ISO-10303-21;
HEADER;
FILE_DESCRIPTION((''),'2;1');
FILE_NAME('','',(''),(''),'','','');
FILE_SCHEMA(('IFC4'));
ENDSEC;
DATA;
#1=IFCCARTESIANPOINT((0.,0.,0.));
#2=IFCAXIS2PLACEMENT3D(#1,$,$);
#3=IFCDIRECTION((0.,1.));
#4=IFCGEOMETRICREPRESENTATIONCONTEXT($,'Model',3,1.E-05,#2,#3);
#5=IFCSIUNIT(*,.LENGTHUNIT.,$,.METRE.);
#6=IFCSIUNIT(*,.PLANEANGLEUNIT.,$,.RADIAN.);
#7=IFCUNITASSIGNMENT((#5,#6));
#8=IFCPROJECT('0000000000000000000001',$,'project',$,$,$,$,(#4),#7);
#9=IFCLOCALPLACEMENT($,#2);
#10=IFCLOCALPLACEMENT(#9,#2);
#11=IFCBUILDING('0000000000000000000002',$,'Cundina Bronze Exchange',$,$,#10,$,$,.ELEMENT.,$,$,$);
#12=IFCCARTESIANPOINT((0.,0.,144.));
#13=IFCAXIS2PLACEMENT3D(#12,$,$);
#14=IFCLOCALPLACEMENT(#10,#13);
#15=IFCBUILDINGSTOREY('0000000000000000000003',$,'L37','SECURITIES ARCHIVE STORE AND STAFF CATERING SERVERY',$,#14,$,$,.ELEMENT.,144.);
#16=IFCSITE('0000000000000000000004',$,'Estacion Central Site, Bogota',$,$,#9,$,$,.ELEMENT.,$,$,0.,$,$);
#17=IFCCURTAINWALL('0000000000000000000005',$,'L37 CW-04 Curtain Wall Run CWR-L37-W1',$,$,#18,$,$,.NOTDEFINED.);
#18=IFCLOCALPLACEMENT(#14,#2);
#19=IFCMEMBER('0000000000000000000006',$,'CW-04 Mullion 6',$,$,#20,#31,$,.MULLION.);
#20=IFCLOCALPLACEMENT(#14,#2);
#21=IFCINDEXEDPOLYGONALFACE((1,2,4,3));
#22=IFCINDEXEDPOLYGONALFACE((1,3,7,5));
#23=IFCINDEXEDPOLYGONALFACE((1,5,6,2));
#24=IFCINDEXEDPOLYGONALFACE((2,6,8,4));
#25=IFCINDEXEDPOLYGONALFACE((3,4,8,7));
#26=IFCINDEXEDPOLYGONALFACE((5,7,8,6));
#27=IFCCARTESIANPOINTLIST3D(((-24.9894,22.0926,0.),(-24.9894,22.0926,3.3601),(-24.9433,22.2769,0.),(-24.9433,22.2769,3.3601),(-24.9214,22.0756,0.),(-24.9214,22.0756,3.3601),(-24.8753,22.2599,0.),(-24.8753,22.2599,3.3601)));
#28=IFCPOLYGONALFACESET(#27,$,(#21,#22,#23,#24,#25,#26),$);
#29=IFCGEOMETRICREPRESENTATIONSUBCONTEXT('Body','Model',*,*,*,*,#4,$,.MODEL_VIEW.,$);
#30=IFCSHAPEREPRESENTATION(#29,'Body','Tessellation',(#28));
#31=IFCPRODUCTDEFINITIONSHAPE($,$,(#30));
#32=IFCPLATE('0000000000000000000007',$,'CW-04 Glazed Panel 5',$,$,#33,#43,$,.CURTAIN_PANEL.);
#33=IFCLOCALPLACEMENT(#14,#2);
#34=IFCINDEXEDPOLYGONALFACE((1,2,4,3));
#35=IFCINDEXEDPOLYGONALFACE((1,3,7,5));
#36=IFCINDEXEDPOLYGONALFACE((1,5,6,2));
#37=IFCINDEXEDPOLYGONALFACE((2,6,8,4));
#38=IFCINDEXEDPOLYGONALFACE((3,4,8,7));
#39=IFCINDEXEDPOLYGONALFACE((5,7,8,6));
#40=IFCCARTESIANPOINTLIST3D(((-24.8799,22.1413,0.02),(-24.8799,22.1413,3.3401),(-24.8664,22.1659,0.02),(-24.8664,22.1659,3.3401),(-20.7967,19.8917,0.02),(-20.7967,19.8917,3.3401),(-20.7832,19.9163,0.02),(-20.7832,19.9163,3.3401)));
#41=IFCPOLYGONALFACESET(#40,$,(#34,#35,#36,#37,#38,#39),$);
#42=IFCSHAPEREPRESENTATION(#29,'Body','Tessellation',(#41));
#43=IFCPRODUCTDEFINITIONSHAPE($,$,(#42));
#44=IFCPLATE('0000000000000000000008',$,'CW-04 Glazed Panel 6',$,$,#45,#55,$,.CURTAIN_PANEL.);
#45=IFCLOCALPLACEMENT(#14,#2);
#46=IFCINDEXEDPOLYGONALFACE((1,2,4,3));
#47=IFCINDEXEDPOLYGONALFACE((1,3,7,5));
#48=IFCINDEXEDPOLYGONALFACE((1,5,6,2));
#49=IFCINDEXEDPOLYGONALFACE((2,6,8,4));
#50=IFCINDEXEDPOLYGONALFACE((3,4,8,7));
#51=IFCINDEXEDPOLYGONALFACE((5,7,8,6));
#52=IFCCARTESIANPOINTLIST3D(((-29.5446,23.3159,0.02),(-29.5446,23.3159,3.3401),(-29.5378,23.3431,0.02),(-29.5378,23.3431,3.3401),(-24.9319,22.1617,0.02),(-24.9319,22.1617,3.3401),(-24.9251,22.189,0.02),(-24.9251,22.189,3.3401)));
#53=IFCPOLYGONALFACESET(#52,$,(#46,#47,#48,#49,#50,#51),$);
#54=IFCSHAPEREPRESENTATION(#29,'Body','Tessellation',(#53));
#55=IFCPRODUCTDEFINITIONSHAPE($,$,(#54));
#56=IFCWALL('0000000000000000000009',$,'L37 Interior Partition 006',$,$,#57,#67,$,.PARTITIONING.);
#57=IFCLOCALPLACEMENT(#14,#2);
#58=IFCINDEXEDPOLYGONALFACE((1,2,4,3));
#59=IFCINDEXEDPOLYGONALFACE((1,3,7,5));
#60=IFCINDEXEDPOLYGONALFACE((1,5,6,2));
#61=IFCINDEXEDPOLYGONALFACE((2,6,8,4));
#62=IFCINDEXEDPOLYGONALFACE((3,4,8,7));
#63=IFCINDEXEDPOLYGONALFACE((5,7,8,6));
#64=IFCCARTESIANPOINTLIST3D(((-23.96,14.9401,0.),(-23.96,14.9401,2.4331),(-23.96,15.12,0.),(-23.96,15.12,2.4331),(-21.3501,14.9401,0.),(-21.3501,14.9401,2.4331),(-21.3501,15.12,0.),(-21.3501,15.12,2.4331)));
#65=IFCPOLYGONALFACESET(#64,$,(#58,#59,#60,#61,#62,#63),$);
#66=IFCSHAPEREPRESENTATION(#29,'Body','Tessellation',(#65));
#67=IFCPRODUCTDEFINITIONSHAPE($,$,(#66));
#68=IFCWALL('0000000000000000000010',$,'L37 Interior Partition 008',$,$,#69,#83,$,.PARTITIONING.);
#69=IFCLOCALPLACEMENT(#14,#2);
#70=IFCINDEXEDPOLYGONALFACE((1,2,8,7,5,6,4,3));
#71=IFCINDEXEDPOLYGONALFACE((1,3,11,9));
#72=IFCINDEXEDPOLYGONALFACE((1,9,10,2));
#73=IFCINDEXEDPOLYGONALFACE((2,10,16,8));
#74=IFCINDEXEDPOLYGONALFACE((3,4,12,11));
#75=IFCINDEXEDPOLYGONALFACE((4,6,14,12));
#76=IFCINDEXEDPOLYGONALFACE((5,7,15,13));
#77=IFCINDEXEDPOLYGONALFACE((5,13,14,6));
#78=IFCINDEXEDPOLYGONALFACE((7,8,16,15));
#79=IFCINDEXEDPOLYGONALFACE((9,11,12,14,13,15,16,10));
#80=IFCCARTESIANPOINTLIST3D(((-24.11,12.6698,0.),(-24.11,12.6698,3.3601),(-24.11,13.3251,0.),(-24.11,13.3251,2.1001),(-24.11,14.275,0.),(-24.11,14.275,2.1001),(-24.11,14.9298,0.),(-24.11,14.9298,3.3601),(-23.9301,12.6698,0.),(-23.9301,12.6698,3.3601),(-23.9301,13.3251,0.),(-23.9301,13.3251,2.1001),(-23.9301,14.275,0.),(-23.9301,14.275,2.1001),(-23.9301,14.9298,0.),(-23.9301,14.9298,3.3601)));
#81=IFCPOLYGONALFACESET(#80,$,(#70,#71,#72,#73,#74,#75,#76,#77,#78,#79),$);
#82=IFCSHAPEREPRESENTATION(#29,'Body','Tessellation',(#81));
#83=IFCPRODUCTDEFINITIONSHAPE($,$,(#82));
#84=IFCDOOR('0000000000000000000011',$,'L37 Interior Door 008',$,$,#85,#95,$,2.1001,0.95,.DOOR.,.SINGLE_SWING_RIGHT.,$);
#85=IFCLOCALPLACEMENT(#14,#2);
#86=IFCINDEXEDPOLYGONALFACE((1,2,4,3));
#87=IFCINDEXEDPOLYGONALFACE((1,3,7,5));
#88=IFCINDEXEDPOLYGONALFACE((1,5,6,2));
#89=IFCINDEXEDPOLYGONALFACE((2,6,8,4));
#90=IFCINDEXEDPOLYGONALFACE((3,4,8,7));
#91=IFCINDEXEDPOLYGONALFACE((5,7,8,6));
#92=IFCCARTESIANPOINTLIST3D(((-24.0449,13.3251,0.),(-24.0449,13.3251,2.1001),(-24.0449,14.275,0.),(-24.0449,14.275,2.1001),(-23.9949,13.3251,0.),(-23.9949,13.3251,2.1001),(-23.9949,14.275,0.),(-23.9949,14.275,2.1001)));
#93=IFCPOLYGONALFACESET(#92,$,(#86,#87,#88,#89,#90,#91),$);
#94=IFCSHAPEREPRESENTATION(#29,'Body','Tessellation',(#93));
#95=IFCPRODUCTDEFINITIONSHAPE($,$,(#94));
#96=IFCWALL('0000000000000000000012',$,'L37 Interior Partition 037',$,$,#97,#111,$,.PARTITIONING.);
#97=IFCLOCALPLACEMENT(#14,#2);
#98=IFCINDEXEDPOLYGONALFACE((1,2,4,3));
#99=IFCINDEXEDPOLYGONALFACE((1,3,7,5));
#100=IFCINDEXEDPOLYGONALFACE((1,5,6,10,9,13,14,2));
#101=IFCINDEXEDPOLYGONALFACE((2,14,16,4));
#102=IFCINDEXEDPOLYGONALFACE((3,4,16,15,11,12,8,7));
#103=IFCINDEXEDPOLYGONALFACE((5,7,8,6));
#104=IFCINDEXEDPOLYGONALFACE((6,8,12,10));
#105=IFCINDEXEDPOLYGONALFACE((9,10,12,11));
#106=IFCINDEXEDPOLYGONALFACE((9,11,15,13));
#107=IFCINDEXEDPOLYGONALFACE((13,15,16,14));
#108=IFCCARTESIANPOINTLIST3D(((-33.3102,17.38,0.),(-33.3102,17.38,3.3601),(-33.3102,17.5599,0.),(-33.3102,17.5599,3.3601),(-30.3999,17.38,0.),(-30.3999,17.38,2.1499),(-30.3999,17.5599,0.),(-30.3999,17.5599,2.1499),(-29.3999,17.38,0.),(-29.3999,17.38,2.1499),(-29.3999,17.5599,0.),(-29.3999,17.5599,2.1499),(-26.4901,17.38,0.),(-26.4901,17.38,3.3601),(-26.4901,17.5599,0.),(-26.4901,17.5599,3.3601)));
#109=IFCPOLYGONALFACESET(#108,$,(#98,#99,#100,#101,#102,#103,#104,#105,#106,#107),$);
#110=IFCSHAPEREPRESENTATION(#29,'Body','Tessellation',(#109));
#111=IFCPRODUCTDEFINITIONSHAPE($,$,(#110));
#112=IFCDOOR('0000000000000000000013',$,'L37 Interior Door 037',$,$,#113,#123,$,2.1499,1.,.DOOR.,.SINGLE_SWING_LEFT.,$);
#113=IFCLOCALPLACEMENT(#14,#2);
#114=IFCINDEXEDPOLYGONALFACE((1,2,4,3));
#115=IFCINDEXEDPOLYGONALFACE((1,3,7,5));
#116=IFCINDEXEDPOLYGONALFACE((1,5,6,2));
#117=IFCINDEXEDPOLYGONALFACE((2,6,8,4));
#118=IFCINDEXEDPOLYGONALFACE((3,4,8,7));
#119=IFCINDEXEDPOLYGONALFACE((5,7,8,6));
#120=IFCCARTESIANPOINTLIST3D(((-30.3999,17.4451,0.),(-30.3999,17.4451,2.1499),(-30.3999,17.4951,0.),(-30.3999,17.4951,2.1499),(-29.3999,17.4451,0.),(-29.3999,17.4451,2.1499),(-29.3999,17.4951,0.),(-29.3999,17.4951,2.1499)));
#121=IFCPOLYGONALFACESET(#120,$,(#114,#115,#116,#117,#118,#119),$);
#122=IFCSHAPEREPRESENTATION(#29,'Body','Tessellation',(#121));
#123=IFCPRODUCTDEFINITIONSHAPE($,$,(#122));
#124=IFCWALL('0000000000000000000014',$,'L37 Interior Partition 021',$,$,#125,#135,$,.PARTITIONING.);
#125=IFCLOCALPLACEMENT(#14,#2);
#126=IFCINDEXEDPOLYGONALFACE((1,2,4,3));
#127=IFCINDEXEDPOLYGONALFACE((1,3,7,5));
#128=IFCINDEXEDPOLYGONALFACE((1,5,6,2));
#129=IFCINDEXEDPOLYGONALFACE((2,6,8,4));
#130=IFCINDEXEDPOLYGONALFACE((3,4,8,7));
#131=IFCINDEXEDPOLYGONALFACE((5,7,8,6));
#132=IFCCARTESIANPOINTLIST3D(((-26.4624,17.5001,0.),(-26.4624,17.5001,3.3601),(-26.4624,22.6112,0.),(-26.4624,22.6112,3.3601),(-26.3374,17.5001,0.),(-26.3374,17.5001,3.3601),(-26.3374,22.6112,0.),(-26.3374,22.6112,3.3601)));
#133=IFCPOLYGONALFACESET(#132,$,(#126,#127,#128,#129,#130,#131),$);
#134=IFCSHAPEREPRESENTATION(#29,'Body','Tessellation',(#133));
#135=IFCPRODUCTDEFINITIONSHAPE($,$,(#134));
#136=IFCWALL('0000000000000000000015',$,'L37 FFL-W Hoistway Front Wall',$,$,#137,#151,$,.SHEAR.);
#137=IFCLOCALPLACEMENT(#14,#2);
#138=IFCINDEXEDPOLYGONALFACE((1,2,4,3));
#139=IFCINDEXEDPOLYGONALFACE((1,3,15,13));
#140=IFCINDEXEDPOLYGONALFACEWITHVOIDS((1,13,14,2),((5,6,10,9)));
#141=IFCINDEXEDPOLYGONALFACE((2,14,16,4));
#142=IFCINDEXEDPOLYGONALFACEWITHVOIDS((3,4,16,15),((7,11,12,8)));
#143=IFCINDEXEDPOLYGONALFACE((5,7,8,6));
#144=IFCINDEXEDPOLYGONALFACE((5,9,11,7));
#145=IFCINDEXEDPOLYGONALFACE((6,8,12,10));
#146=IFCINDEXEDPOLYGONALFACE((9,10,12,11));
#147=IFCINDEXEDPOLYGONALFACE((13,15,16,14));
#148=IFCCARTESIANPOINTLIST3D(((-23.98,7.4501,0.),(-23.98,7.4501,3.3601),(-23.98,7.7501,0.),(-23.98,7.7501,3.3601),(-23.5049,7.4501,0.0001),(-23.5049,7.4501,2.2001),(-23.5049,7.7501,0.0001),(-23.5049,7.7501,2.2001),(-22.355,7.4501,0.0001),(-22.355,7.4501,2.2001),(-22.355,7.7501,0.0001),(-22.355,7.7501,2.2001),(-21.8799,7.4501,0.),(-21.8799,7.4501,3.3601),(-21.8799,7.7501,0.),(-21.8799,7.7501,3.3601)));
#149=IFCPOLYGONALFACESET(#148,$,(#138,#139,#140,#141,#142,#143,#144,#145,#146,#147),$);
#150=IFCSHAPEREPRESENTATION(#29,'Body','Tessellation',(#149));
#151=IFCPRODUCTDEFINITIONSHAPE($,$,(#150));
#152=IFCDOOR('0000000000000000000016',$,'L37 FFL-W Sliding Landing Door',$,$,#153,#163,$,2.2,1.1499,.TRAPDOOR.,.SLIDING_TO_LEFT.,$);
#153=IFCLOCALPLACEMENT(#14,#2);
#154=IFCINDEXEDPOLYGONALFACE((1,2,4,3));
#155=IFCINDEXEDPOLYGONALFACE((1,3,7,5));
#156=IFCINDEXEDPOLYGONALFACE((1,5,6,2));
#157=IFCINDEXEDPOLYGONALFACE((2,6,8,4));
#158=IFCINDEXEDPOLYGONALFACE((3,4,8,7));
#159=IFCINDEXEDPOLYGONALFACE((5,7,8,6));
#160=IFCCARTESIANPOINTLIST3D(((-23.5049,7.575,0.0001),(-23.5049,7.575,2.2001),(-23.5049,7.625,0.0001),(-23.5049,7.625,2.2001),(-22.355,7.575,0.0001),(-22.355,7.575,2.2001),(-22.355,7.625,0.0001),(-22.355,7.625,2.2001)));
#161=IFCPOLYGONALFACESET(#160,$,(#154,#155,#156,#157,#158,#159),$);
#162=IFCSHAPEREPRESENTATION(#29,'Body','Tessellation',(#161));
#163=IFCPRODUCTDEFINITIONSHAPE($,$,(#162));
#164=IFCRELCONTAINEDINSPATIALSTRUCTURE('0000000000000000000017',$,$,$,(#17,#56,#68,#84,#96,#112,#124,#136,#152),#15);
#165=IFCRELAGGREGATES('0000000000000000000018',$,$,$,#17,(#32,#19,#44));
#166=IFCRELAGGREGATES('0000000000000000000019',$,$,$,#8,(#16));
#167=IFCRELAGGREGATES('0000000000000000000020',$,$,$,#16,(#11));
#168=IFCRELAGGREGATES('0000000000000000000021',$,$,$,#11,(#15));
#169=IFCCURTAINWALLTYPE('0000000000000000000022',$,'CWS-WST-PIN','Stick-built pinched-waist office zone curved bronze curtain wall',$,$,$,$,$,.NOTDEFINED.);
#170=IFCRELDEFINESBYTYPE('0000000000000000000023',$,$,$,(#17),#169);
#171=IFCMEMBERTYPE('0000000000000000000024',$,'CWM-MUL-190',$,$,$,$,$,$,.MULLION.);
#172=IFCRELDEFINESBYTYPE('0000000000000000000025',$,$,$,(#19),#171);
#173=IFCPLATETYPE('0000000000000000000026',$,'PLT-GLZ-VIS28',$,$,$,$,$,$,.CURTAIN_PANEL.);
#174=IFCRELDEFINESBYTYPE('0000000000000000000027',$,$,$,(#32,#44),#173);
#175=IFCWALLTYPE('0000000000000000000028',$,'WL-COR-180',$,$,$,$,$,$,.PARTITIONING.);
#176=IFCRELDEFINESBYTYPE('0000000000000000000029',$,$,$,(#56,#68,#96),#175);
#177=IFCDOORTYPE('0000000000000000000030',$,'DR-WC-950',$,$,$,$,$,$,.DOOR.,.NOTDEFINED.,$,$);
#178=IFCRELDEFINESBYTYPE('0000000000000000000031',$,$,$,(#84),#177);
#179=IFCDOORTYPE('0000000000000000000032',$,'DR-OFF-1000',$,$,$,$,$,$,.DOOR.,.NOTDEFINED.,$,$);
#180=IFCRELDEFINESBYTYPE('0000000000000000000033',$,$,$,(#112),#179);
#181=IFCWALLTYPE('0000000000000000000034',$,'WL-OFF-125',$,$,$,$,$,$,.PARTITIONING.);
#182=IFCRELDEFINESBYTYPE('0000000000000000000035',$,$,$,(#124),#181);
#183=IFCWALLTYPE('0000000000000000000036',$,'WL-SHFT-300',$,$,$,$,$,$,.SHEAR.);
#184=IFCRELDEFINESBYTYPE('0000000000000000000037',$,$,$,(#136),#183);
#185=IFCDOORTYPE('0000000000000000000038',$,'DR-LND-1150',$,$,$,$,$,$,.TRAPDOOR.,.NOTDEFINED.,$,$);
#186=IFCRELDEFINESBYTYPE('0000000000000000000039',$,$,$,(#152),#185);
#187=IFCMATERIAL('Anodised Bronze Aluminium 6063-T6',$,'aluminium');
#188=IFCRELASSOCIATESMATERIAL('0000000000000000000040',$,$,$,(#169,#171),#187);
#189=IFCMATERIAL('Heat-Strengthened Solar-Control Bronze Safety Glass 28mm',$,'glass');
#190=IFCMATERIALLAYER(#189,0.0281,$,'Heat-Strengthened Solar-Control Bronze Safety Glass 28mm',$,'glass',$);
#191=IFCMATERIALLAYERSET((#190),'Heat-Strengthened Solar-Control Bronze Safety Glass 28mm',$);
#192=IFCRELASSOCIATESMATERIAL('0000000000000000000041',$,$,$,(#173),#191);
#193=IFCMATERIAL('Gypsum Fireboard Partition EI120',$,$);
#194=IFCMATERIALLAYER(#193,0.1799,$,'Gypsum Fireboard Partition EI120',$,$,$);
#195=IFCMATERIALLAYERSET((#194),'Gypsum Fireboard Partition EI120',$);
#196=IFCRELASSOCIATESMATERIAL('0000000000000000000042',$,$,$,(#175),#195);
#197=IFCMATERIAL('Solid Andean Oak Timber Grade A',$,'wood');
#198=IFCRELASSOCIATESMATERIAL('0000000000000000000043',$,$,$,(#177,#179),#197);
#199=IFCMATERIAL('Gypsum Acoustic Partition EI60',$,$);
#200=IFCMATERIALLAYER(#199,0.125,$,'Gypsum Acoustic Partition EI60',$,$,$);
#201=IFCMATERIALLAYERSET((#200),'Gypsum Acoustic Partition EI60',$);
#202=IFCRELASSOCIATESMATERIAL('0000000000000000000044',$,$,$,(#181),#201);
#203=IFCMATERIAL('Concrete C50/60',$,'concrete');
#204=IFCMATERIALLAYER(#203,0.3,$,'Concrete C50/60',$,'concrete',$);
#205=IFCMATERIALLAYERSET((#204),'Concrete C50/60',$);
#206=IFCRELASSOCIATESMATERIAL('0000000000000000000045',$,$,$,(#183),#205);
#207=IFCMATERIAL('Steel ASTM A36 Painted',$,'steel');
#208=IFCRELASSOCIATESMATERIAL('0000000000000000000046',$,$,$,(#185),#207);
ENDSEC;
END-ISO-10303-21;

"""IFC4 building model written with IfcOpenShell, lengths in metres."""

from ifc_helpers import new_model, si_unit, direction, frame, frame_2d, origin, origin_2d, place, context, subcontext, project, spatial, rectangle, extrude, material, layer, layer_set, material_profile, profile_set, type_object, element, fill, aggregate, save


model = new_model("IFC4")

# Units and contexts
model_context = context("Model", 3, precision=1e-05, world=origin(), true_north=direction((0.0, 1.0)))
body_context = subcontext(model_context, "Body", "Model", "MODEL_VIEW")
ifc_project = project(units=[si_unit("LENGTHUNIT", "METRE"), si_unit("PLANEANGLEUNIT", "RADIAN")], contexts=[model_context])

# Site, building, storey
site_placement = place(None, origin())
site = spatial("IfcSite", under=ifc_project, at=site_placement, Name="Estacion Central Site, Bogota", CompositionType="ELEMENT", RefElevation=0.0)
building_placement = place(site_placement, origin())
building = spatial("IfcBuilding", under=site, at=building_placement, Name="Cundina Bronze Exchange", CompositionType="ELEMENT")
storey_placement = place(building_placement, frame((0.0, 0.0, 144.0)))
storey = spatial("IfcBuildingStorey", under=building, at=storey_placement, Name="L37", Description="SECURITIES ARCHIVE STORE AND STAFF CATERING SERVERY", CompositionType="ELEMENT", Elevation=144.0)

# Shared definitions
ifc_material_1 = material(Name="Concrete C50/60", Category="concrete")

# Curtain wall, member, plates
ifc_material_2 = material(Name="Anodised Bronze Aluminium 6063-T6", Category="aluminium")
curtain_wall_type = type_object("IfcCurtainWallType", Name="CWS-WST-PIN", Description="Stick-built pinched-waist office zone curved bronze curtain wall", PredefinedType="NOTDEFINED", material=ifc_material_2)
curtain_wall_placement = place(storey_placement, origin())
curtain_wall = element("IfcCurtainWall", 1, at=curtain_wall_placement, inside=storey, type_object=curtain_wall_type, Name="L37 CW-04 Curtain Wall Run CWR-L37-W1", PredefinedType="NOTDEFINED")
ifc_material_profile_1 = material_profile(ifc_material_2, rectangle(XDim=0.0701, YDim=0.1899, at=origin_2d()), Name="AL70X190", Category="aluminium")
ifc_profile_set_1 = profile_set([ifc_material_profile_1], Name="Anodised Bronze Aluminium 6063-T6")
member_type = type_object("IfcMemberType", Name="CWM-MUL-190", PredefinedType="MULLION", material=ifc_profile_set_1)
member_placement = place(storey_placement, frame((-24.9324, 22.1763, 0.0), z_axis=(0.0, 0.0, 1.0), x_axis=(-0.970084, 0.242769, 0.0)))
member = element("IfcMember", 2, at=member_placement, type_object=member_type, Name="CW-04 Mullion 6", PredefinedType="MULLION", context=body_context, shape_type="SweptSolid", body=[
    extrude(rectangle(XDim=0.0701, YDim=0.1899, at=origin_2d()), origin(), (0.0, 0.0, 1.0), 3.3601),
])
ifc_material_3 = material(Name="Heat-Strengthened Solar-Control Bronze Safety Glass 28mm", Category="glass")
ifc_layer_1 = layer(ifc_material_3, 0.0281, Name="Heat-Strengthened Solar-Control Bronze Safety Glass 28mm", Category="glass")
ifc_layer_set_1 = layer_set([ifc_layer_1], Name="Heat-Strengthened Solar-Control Bronze Safety Glass 28mm")
plate_type = type_object("IfcPlateType", Name="PLT-GLZ-VIS28", PredefinedType="CURTAIN_PANEL", material=ifc_layer_set_1)
plate_1_placement = place(storey_placement, frame((-22.8315, 21.0288, 0.02), z_axis=(0.0, 0.0, 1.0), x_axis=(-0.875869, 0.482549, 0.0)))
plate_1 = element("IfcPlate", 3, at=plate_1_placement, type_object=plate_type, Name="CW-04 Glazed Panel 5", PredefinedType="CURTAIN_PANEL", context=body_context, shape_type="SweptSolid", body=[
    extrude(rectangle(XDim=4.6619, YDim=0.0281, at=origin_2d()), origin(), (0.0, 0.0, 1.0), 3.3201),
])
plate_2_placement = place(storey_placement, frame((-27.2349, 22.7524, 0.02), z_axis=(0.0, 0.0, 1.0), x_axis=(-0.970093, 0.242735, 0.0)))
plate_2 = element("IfcPlate", 4, at=plate_2_placement, type_object=plate_type, Name="CW-04 Glazed Panel 6", PredefinedType="CURTAIN_PANEL", context=body_context, shape_type="SweptSolid", body=[
    extrude(rectangle(XDim=4.7549, YDim=0.0281, at=origin_2d()), origin(), (0.0, 0.0, 1.0), 3.3201),
])
aggregate(curtain_wall, [plate_1, member, plate_2])

# Wall
ifc_material_4 = material(Name="Gypsum Fireboard Partition EI120")
ifc_layer_2 = layer(ifc_material_4, 0.1799, Name="Gypsum Fireboard Partition EI120")
ifc_layer_set_2 = layer_set([ifc_layer_2], Name="Gypsum Fireboard Partition EI120")
wall_type_1 = type_object("IfcWallType", Name="WL-COR-180", PredefinedType="PARTITIONING", material=ifc_layer_set_2)
wall_1_placement = place(storey_placement, frame((-23.96, 15.03, 0.0), z_axis=(0.0, 0.0, 1.0), x_axis=(1.0, 0.0, 0.0)))
element("IfcWall", 5, at=wall_1_placement, inside=storey, type_object=wall_type_1, Name="L37 Interior Partition 006", PredefinedType="PARTITIONING", context=body_context, shape_type="SweptSolid", body=[
    extrude(rectangle(XDim=2.6099, YDim=0.1799, at=frame_2d((1.3049, 0.0))), origin(), (0.0, 0.0, 1.0), 2.4331),
])

# Walls, openings, doors
wall_2_placement = place(storey_placement, frame((-24.02, 12.6699, 0.0), z_axis=(0.0, 0.0, 1.0), x_axis=(0.0, 1.0, 0.0)))
wall_2 = element("IfcWall", 6, at=wall_2_placement, inside=storey, type_object=wall_type_1, Name="L37 Interior Partition 008", PredefinedType="PARTITIONING", context=body_context, shape_type="SweptSolid", body=[
    extrude(rectangle(XDim=2.26, YDim=0.1799, at=frame_2d((1.1299, 0.0))), origin(), (0.0, 0.0, 1.0), 3.3601),
])
opening_1_placement = place(wall_2_placement, frame((0.655, 0.0, 0.0)))
opening_1 = element("IfcOpeningElement", 7, at=opening_1_placement, cuts=wall_2, PredefinedType="OPENING", context=body_context, shape_type="SweptSolid", body=[
    extrude(rectangle(XDim=0.95, YDim=2.1001, at=frame_2d((0.4751, 1.05))), frame((0.0, 0.0999, 0.0), z_axis=(0.0, -1.0, 0.0), x_axis=(1.0, 0.0, 0.0)), (0.0, 0.0, 1.0), 0.2),
])
ifc_material_5 = material(Name="Solid Andean Oak Timber Grade A", Category="wood")
door_type_1 = type_object("IfcDoorType", Name="DR-WC-950", OperationType="NOTDEFINED", PredefinedType="DOOR", material=ifc_material_5)
door_1_placement = place(opening_1_placement, origin())
door_1 = element("IfcDoor", 8, at=door_1_placement, inside=storey, type_object=door_type_1, Name="L37 Interior Door 008", OperationType="SINGLE_SWING_RIGHT", OverallHeight=2.1001, OverallWidth=0.95, PredefinedType="DOOR", context=body_context, shape_type="SweptSolid", body=[
    extrude(rectangle(XDim=0.95, YDim=2.1001, at=frame_2d((0.4751, 1.05))), frame((0.0, 0.0249, 0.0), z_axis=(0.0, -1.0, 0.0), x_axis=(1.0, 0.0, 0.0)), (0.0, 0.0, 1.0), 0.05),
])
fill(opening_1, door_1)
wall_3_placement = place(storey_placement, frame((-26.49, 17.47, 0.0), z_axis=(0.0, 0.0, 1.0), x_axis=(-1.0, 0.0, 0.0)))
wall_3 = element("IfcWall", 9, at=wall_3_placement, inside=storey, type_object=wall_type_1, Name="L37 Interior Partition 037", PredefinedType="PARTITIONING", context=body_context, shape_type="SweptSolid", body=[
    extrude(rectangle(XDim=6.8201, YDim=0.1799, at=frame_2d((3.4102, 0.0))), origin(), (0.0, 0.0, 1.0), 3.3601),
])
opening_2_placement = place(wall_3_placement, frame((2.9099, 0.0, 0.0)))
opening_2 = element("IfcOpeningElement", 10, at=opening_2_placement, cuts=wall_3, PredefinedType="OPENING", context=body_context, shape_type="SweptSolid", body=[
    extrude(rectangle(XDim=1.0, YDim=2.1499, at=frame_2d((0.5, 1.075))), frame((0.0, 0.0999, 0.0), z_axis=(0.0, -1.0, 0.0), x_axis=(1.0, 0.0, 0.0)), (0.0, 0.0, 1.0), 0.2),
])
door_type_2 = type_object("IfcDoorType", Name="DR-OFF-1000", OperationType="NOTDEFINED", PredefinedType="DOOR", material=ifc_material_5)
door_2_placement = place(opening_2_placement, origin())
door_2 = element("IfcDoor", 11, at=door_2_placement, inside=storey, type_object=door_type_2, Name="L37 Interior Door 037", OperationType="SINGLE_SWING_LEFT", OverallHeight=2.1499, OverallWidth=1.0, PredefinedType="DOOR", context=body_context, shape_type="SweptSolid", body=[
    extrude(rectangle(XDim=1.0, YDim=2.1499, at=frame_2d((0.5, 1.075))), frame((0.0, 0.0249, 0.0), z_axis=(0.0, -1.0, 0.0), x_axis=(1.0, 0.0, 0.0)), (0.0, 0.0, 1.0), 0.05),
])
fill(opening_2, door_2)

# Wall
ifc_material_6 = material(Name="Gypsum Acoustic Partition EI60")
ifc_layer_3 = layer(ifc_material_6, 0.125, Name="Gypsum Acoustic Partition EI60")
ifc_layer_set_3 = layer_set([ifc_layer_3], Name="Gypsum Acoustic Partition EI60")
wall_type_2 = type_object("IfcWallType", Name="WL-OFF-125", PredefinedType="PARTITIONING", material=ifc_layer_set_3)
wall_4_placement = place(storey_placement, frame((-26.3999, 17.5, 0.0), z_axis=(0.0, 0.0, 1.0), x_axis=(0.0, 1.0, 0.0)))
element("IfcWall", 12, at=wall_4_placement, inside=storey, type_object=wall_type_2, Name="L37 Interior Partition 021", PredefinedType="PARTITIONING", context=body_context, shape_type="SweptSolid", body=[
    extrude(rectangle(XDim=5.1111, YDim=0.125, at=frame_2d((2.5557, 0.0))), origin(), (0.0, 0.0, 1.0), 3.3601),
])

# Wall, opening, door
ifc_layer_4 = layer(ifc_material_1, 0.3, Name="Concrete C50/60", Category="concrete")
ifc_layer_set_4 = layer_set([ifc_layer_4], Name="Concrete C50/60")
wall_type_3 = type_object("IfcWallType", Name="WL-SHFT-300", PredefinedType="SHEAR", material=ifc_layer_set_4)
ifc_material_7 = material(Name="Steel ASTM A36 Painted", Category="steel")
wall_5_placement = place(storey_placement, frame((-23.98, 7.6001, 0.0), z_axis=(0.0, 0.0, 1.0), x_axis=(1.0, 0.0, 0.0)))
wall_5 = element("IfcWall", 13, at=wall_5_placement, inside=storey, type_object=wall_type_3, Name="L37 FFL-W Hoistway Front Wall", PredefinedType="SHEAR", context=body_context, shape_type="SweptSolid", body=[
    extrude(rectangle(XDim=2.1001, YDim=0.3, at=frame_2d((1.05, 0.0))), origin(), (0.0, 0.0, 1.0), 3.3601),
])
opening_3_placement = place(wall_5_placement, frame((0.4751, 0.0, 0.0)))
opening_3 = element("IfcOpeningElement", 14, at=opening_3_placement, cuts=wall_5, PredefinedType="OPENING", context=body_context, shape_type="SweptSolid", body=[
    extrude(rectangle(XDim=1.1499, YDim=2.2, at=frame_2d((0.575, 1.1001))), frame((0.0, 0.1599, 0.0), z_axis=(0.0, -1.0, 0.0), x_axis=(1.0, 0.0, 0.0)), (0.0, 0.0, 1.0), 0.3201),
])
door_type_3 = type_object("IfcDoorType", Name="DR-LND-1150", OperationType="NOTDEFINED", PredefinedType="TRAPDOOR", material=ifc_material_7)
door_3_placement = place(opening_3_placement, origin())
door_3 = element("IfcDoor", 15, at=door_3_placement, inside=storey, type_object=door_type_3, Name="L37 FFL-W Sliding Landing Door", OperationType="SLIDING_TO_LEFT", OverallHeight=2.2, OverallWidth=1.1499, PredefinedType="TRAPDOOR", context=body_context, shape_type="SweptSolid", body=[
    extrude(rectangle(XDim=1.1499, YDim=2.2, at=frame_2d((0.575, 1.1001))), frame((0.0, 0.0249, 0.0), z_axis=(0.0, -1.0, 0.0), x_axis=(1.0, 0.0, 0.0)), (0.0, 0.0, 1.0), 0.05),
])
fill(opening_3, door_3)

save(model, "model.ifc")
